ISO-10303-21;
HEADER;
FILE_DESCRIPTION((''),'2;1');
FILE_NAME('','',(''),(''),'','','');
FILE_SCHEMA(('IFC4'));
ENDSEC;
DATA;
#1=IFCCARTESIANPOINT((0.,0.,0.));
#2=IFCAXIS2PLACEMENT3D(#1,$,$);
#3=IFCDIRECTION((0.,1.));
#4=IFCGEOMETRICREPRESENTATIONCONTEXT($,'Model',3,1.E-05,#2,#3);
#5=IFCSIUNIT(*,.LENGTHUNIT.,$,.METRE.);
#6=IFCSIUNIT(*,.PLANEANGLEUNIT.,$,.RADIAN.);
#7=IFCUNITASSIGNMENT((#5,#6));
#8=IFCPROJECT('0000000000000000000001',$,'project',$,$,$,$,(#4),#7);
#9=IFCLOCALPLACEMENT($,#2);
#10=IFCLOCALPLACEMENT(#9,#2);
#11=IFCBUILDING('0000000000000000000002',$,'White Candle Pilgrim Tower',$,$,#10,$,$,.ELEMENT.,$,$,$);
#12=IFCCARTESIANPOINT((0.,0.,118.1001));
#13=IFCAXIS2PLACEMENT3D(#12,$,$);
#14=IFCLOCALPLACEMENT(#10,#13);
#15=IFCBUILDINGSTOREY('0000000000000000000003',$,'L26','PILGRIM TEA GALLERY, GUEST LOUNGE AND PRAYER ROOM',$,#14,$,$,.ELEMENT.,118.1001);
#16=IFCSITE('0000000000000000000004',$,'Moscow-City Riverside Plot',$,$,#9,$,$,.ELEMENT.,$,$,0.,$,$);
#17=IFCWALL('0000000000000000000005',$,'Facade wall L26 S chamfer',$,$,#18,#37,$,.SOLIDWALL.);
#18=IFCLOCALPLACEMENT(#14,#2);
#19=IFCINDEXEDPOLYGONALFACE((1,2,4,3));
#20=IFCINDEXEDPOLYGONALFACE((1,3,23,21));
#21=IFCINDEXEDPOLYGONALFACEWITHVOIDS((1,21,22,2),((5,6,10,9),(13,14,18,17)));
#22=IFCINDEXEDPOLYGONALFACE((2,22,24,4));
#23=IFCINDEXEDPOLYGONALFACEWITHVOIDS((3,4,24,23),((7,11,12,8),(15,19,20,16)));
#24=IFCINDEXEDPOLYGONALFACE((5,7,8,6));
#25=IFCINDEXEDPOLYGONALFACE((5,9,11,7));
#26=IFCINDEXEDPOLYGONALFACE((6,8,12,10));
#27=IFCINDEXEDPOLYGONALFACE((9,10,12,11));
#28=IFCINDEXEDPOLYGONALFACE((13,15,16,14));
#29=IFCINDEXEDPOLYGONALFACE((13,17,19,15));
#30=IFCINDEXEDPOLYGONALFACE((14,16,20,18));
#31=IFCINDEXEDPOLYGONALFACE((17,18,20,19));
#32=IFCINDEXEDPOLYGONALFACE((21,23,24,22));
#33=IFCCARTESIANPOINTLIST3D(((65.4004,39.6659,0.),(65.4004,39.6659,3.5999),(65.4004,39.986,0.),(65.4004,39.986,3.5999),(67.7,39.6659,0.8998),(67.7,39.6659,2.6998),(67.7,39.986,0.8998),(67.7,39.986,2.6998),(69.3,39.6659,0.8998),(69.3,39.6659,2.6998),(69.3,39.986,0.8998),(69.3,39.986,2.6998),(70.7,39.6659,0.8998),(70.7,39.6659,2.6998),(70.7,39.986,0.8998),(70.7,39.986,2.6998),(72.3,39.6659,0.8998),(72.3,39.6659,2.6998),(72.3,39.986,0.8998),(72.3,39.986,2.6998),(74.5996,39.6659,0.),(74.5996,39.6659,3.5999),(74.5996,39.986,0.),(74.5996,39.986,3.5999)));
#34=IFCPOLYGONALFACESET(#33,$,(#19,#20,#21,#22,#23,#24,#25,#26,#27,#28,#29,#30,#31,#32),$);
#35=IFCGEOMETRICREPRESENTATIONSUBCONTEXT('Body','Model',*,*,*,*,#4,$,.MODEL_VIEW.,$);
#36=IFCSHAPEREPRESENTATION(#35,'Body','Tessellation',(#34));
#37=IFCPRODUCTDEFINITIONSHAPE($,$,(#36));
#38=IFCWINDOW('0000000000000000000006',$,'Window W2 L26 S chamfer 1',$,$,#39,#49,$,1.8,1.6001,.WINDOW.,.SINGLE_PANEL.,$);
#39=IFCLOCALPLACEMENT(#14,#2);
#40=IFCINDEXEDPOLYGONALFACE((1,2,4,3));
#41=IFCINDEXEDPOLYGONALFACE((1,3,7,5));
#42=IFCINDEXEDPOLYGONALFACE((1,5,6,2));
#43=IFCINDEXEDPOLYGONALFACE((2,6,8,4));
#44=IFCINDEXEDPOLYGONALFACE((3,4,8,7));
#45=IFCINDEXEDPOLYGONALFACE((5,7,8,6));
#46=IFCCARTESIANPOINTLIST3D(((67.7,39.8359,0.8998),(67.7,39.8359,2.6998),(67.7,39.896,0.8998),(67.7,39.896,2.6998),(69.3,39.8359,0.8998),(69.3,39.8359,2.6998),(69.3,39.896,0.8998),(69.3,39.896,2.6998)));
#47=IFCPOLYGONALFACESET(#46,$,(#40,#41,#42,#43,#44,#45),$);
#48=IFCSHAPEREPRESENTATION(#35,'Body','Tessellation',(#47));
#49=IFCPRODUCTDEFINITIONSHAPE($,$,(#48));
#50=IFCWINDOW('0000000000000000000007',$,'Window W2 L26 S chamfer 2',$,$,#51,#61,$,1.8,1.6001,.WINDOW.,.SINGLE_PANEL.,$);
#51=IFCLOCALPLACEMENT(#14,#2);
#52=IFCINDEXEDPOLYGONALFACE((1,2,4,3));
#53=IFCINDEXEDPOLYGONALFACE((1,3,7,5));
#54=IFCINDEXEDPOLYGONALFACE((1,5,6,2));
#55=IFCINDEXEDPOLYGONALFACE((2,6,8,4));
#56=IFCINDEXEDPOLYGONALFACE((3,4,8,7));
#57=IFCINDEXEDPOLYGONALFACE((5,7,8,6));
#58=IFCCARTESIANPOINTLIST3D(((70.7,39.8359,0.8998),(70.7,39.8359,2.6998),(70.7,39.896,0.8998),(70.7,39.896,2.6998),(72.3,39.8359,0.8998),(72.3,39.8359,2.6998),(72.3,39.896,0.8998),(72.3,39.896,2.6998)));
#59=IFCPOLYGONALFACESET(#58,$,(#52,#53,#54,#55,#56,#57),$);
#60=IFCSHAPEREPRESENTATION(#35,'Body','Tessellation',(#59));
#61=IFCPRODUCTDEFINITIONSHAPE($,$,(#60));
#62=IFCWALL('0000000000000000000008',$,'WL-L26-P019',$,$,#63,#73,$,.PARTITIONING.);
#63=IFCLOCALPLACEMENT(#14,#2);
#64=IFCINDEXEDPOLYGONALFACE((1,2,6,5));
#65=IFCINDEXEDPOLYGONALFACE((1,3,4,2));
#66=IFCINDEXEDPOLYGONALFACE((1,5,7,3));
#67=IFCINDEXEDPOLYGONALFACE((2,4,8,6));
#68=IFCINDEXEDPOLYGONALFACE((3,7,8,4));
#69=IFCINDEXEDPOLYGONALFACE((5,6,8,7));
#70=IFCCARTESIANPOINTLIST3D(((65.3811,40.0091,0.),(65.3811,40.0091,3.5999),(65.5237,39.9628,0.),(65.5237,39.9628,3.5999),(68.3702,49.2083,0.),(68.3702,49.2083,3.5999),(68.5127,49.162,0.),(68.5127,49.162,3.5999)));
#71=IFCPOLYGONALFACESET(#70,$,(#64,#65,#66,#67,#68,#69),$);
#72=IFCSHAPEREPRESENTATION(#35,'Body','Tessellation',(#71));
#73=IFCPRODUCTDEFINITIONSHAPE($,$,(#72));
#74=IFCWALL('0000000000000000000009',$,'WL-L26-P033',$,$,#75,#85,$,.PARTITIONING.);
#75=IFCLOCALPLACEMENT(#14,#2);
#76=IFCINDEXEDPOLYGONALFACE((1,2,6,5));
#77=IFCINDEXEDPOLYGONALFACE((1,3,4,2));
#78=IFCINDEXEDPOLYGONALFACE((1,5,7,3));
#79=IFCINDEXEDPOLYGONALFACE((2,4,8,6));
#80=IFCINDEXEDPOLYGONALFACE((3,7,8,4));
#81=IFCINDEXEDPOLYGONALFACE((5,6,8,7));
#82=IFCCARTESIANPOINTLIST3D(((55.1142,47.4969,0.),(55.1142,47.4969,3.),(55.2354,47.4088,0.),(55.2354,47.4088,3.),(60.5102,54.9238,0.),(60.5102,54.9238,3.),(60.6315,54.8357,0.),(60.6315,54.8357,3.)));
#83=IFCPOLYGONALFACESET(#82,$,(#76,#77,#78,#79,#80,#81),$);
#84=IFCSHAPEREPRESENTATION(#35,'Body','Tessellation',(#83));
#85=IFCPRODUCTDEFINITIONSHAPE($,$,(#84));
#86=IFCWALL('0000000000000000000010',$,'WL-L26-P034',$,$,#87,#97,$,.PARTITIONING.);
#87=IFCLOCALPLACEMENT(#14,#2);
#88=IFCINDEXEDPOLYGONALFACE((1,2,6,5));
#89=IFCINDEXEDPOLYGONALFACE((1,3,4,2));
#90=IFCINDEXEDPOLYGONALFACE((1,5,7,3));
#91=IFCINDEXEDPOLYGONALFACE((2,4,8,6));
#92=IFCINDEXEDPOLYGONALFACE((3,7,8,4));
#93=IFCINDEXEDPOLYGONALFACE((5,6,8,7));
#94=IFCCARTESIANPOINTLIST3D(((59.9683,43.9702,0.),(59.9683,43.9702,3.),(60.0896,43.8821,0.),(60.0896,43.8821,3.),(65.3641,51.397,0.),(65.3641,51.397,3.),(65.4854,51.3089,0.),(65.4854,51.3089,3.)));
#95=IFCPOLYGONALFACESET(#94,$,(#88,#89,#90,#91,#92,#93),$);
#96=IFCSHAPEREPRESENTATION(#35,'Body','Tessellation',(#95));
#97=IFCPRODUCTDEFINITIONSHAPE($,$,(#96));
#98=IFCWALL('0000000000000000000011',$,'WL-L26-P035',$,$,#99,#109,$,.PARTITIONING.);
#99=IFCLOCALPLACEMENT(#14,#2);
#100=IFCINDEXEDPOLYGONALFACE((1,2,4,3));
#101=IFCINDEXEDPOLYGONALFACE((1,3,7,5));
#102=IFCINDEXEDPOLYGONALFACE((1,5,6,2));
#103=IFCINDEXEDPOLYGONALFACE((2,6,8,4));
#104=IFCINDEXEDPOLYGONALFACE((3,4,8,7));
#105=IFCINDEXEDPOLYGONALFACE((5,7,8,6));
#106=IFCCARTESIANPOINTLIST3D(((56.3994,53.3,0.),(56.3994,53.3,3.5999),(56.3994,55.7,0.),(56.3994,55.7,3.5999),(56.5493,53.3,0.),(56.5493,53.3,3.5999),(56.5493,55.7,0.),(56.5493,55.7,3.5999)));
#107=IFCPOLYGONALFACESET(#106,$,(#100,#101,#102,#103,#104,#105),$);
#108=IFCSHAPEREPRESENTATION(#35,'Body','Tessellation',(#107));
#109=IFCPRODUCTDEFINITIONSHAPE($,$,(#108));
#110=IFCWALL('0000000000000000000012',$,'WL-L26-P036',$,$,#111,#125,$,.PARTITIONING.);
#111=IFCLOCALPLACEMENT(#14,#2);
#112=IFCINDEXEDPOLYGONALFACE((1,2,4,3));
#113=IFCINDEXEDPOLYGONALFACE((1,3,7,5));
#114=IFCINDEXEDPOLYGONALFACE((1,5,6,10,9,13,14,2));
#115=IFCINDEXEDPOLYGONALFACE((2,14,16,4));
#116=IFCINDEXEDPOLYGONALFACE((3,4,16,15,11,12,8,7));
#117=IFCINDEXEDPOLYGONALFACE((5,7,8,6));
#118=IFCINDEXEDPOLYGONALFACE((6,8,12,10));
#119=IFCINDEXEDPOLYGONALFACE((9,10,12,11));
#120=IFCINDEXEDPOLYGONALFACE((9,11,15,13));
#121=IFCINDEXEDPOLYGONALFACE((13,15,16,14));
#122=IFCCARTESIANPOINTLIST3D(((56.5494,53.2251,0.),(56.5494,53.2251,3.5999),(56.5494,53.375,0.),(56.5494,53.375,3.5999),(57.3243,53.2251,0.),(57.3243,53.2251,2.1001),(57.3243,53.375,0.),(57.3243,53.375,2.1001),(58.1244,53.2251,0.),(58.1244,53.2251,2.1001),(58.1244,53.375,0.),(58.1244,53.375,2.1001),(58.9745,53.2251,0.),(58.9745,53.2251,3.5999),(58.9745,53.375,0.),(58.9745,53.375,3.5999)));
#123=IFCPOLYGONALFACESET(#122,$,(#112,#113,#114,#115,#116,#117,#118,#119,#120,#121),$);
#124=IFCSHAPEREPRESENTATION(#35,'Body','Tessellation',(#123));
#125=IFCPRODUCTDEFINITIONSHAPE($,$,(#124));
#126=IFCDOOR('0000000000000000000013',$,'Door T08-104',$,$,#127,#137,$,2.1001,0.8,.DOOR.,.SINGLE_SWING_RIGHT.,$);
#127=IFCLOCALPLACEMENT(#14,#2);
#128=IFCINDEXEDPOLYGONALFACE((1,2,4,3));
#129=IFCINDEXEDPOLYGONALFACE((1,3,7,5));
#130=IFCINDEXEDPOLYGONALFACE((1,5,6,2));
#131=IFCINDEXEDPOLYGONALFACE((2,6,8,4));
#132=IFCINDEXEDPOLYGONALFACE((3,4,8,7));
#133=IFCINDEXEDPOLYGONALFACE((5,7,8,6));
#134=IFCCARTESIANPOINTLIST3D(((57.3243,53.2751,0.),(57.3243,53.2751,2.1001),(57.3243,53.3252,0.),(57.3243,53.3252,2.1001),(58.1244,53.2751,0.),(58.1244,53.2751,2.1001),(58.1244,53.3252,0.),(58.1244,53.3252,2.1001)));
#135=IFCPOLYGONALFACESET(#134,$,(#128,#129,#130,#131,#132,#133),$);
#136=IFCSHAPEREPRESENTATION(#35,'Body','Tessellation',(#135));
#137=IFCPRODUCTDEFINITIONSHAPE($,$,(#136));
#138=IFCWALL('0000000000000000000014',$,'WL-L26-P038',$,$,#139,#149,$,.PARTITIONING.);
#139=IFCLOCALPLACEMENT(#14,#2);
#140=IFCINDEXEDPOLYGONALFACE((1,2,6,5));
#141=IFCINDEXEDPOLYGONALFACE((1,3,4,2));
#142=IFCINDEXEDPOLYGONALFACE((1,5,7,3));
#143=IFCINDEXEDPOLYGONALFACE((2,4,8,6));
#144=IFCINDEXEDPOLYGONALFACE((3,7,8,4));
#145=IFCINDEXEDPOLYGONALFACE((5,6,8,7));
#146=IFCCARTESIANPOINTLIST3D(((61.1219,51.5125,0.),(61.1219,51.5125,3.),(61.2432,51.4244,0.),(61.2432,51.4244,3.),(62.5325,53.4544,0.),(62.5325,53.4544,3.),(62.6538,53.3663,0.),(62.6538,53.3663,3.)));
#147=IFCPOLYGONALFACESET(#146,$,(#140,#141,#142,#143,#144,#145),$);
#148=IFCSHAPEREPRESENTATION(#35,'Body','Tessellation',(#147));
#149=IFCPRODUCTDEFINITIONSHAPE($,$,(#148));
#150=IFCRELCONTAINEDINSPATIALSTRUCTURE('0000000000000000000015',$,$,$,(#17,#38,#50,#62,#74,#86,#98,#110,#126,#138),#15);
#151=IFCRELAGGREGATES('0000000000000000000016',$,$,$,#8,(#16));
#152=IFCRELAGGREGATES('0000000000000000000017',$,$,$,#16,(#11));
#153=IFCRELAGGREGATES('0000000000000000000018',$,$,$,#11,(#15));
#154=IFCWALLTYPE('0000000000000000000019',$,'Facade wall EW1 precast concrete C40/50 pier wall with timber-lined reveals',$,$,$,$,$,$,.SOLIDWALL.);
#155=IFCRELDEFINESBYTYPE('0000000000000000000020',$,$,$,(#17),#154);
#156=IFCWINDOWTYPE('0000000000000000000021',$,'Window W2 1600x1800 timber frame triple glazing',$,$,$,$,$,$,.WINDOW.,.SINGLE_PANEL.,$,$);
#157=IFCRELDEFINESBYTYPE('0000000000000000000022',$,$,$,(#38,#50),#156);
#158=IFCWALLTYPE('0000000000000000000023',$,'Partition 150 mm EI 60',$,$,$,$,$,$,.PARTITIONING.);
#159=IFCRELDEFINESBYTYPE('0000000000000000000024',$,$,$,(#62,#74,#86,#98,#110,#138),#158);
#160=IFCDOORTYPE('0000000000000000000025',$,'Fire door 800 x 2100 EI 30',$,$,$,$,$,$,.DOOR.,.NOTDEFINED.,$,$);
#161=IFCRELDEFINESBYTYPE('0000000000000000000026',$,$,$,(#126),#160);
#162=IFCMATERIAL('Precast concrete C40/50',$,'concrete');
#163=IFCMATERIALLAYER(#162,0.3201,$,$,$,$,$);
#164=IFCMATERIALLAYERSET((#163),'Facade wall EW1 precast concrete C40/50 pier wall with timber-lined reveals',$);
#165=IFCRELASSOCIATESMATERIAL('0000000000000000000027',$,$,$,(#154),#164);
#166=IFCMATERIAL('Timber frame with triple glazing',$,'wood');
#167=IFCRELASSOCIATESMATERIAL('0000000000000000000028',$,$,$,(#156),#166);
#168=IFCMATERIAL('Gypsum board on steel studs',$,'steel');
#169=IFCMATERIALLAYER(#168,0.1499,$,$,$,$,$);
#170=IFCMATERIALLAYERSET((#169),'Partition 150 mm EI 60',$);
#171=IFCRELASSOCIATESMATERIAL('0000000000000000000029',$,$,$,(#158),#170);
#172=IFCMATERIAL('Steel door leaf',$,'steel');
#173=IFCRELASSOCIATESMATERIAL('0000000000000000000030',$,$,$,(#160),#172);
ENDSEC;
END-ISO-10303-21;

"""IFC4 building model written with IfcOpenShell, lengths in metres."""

from ifc_helpers import new_model, si_unit, direction, frame, frame_2d, origin, place, context, subcontext, project, spatial, rectangle, extrude, material, layer, layer_set, type_object, element, fill, save


model = new_model("IFC4")

# Units and contexts
model_context = context("Model", 3, precision=1e-05, world=origin(), true_north=direction((0.0, 1.0)))
body_context = subcontext(model_context, "Body", "Model", "MODEL_VIEW")
ifc_project = project(units=[si_unit("LENGTHUNIT", "METRE"), si_unit("PLANEANGLEUNIT", "RADIAN")], contexts=[model_context])

# Site, building, storey
site_placement = place(None, origin())
site = spatial("IfcSite", under=ifc_project, at=site_placement, Name="Moscow-City Riverside Plot", CompositionType="ELEMENT", RefElevation=0.0)
building_placement = place(site_placement, origin())
building = spatial("IfcBuilding", under=site, at=building_placement, Name="White Candle Pilgrim Tower", CompositionType="ELEMENT")
storey_placement = place(building_placement, frame((0.0, 0.0, 118.1001)))
storey = spatial("IfcBuildingStorey", under=building, at=storey_placement, Name="L26", Description="PILGRIM TEA GALLERY, GUEST LOUNGE AND PRAYER ROOM", CompositionType="ELEMENT", Elevation=118.1001)

# Wall, openings, windows
ifc_material_1 = material(Name="Precast concrete C40/50", Category="concrete")
ifc_layer_1 = layer(ifc_material_1, 0.3201)
ifc_layer_set_1 = layer_set([ifc_layer_1], Name="Facade wall EW1 precast concrete C40/50 pier wall with timber-lined reveals")
wall_type_1 = type_object("IfcWallType", Name="Facade wall EW1 precast concrete C40/50 pier wall with timber-lined reveals", PredefinedType="SOLIDWALL", material=ifc_layer_set_1)
wall_1_placement = place(storey_placement, frame((65.4004, 39.8259, 0.0), z_axis=(0.0, 0.0, 1.0), x_axis=(1.0, 0.0, 0.0)))
wall_1 = element("IfcWall", 1, at=wall_1_placement, inside=storey, type_object=wall_type_1, Name="Facade wall L26 S chamfer", PredefinedType="SOLIDWALL", context=body_context, shape_type="SweptSolid", body=[
    extrude(rectangle(XDim=9.1992, YDim=0.3201, at=frame_2d((4.5996, 0.0))), origin(), (0.0, 0.0, 1.0), 3.5999),
])
opening_1_placement = place(wall_1_placement, frame((2.2996, 0.0, 0.8999)))
opening_1 = element("IfcOpeningElement", 2, at=opening_1_placement, cuts=wall_1, PredefinedType="OPENING", context=body_context, shape_type="SweptSolid", body=[
    extrude(rectangle(XDim=1.6001, YDim=1.8, at=frame_2d((0.8, 0.8999))), frame((0.0, 0.1699, 0.0), z_axis=(0.0, -1.0, 0.0), x_axis=(1.0, 0.0, 0.0)), (0.0, 0.0, 1.0), 0.3401),
])
opening_2_placement = place(wall_1_placement, frame((5.2996, 0.0, 0.8999)))
opening_2 = element("IfcOpeningElement", 3, at=opening_2_placement, cuts=wall_1, PredefinedType="OPENING", context=body_context, shape_type="SweptSolid", body=[
    extrude(rectangle(XDim=1.6001, YDim=1.8, at=frame_2d((0.8, 0.8999))), frame((0.0, 0.1699, 0.0), z_axis=(0.0, -1.0, 0.0), x_axis=(1.0, 0.0, 0.0)), (0.0, 0.0, 1.0), 0.3401),
])
ifc_material_2 = material(Name="Timber frame with triple glazing", Category="wood")
window_type = type_object("IfcWindowType", Name="Window W2 1600x1800 timber frame triple glazing", PartitioningType="SINGLE_PANEL", PredefinedType="WINDOW", material=ifc_material_2)
window_1_placement = place(opening_1_placement, origin())
window_1 = element("IfcWindow", 4, at=window_1_placement, inside=storey, type_object=window_type, Name="Window W2 L26 S chamfer 1", OverallHeight=1.8, OverallWidth=1.6001, PartitioningType="SINGLE_PANEL", PredefinedType="WINDOW", context=body_context, shape_type="SweptSolid", body=[
    extrude(rectangle(XDim=1.6001, YDim=1.8, at=frame_2d((0.8, 0.8999))), frame((0.0, 0.0701, 0.0), z_axis=(0.0, -1.0, 0.0), x_axis=(1.0, 0.0, 0.0)), (0.0, 0.0, 1.0), 0.0601),
])
fill(opening_1, window_1)
window_2_placement = place(opening_2_placement, origin())
window_2 = element("IfcWindow", 5, at=window_2_placement, inside=storey, type_object=window_type, Name="Window W2 L26 S chamfer 2", OverallHeight=1.8, OverallWidth=1.6001, PartitioningType="SINGLE_PANEL", PredefinedType="WINDOW", context=body_context, shape_type="SweptSolid", body=[
    extrude(rectangle(XDim=1.6001, YDim=1.8, at=frame_2d((0.8, 0.8999))), frame((0.0, 0.0701, 0.0), z_axis=(0.0, -1.0, 0.0), x_axis=(1.0, 0.0, 0.0)), (0.0, 0.0, 1.0), 0.0601),
])
fill(opening_2, window_2)

# Walls
ifc_material_3 = material(Name="Gypsum board on steel studs", Category="steel")
ifc_layer_2 = layer(ifc_material_3, 0.1499)
ifc_layer_set_2 = layer_set([ifc_layer_2], Name="Partition 150 mm EI 60")
wall_type_2 = type_object("IfcWallType", Name="Partition 150 mm EI 60", PredefinedType="PARTITIONING", material=ifc_layer_set_2)
wall_2_placement = place(storey_placement, frame((65.4524, 39.9858, 0.0), z_axis=(0.0, 0.0, 1.0), x_axis=(0.309018, 0.951056, 0.0)))
element("IfcWall", 6, at=wall_2_placement, inside=storey, type_object=wall_type_2, Name="WL-L26-P019", PredefinedType="PARTITIONING", context=body_context, shape_type="SweptSolid", body=[
    extrude(rectangle(XDim=9.6726, YDim=0.1499, at=frame_2d((4.8364, 0.0))), origin(), (0.0, 0.0, 1.0), 3.5999),
])
wall_3_placement = place(storey_placement, frame((55.1748, 47.4529, 0.0), z_axis=(0.0, 0.0, 1.0), x_axis=(0.587795, 0.80901, 0.0)))
element("IfcWall", 7, at=wall_3_placement, inside=storey, type_object=wall_type_2, Name="WL-L26-P033", PredefinedType="PARTITIONING", context=body_context, shape_type="SweptSolid", body=[
    extrude(rectangle(XDim=9.1802, YDim=0.1499, at=frame_2d((4.5901, 0.0))), origin(), (0.0, 0.0, 1.0), 3.0),
])
wall_4_placement = place(storey_placement, frame((60.0291, 43.9263, 0.0), z_axis=(0.0, 0.0, 1.0), x_axis=(0.587778, 0.809022, 0.0)))
element("IfcWall", 8, at=wall_4_placement, inside=storey, type_object=wall_type_2, Name="WL-L26-P034", PredefinedType="PARTITIONING", context=body_context, shape_type="SweptSolid", body=[
    extrude(rectangle(XDim=9.1799, YDim=0.1499, at=frame_2d((4.5898, 0.0))), origin(), (0.0, 0.0, 1.0), 3.0),
])
wall_5_placement = place(storey_placement, frame((56.4744, 55.7, 0.0), z_axis=(0.0, 0.0, 1.0), x_axis=(0.0, -1.0, 0.0)))
element("IfcWall", 9, at=wall_5_placement, inside=storey, type_object=wall_type_2, Name="WL-L26-P035", PredefinedType="PARTITIONING", context=body_context, shape_type="SweptSolid", body=[
    extrude(rectangle(XDim=2.3999, YDim=0.1499, at=frame_2d((1.2, 0.0))), origin(), (0.0, 0.0, 1.0), 3.5999),
])

# Wall, opening, door
wall_6_placement = place(storey_placement, frame((58.9744, 53.3, 0.0), z_axis=(0.0, 0.0, 1.0), x_axis=(-1.0, 0.0, 0.0)))
wall_6 = element("IfcWall", 10, at=wall_6_placement, inside=storey, type_object=wall_type_2, Name="WL-L26-P036", PredefinedType="PARTITIONING", context=body_context, shape_type="SweptSolid", body=[
    extrude(rectangle(XDim=2.425, YDim=0.1499, at=frame_2d((1.2124, 0.0))), origin(), (0.0, 0.0, 1.0), 3.5999),
])
opening_3_placement = place(wall_6_placement, frame((0.8501, 0.0, 0.0)))
opening_3 = element("IfcOpeningElement", 11, at=opening_3_placement, cuts=wall_6, PredefinedType="OPENING", context=body_context, shape_type="SweptSolid", body=[
    extrude(rectangle(XDim=0.8, YDim=2.1001, at=frame_2d((0.3999, 1.05))), frame((0.0, 0.085, 0.0), z_axis=(0.0, -1.0, 0.0), x_axis=(1.0, 0.0, 0.0)), (0.0, 0.0, 1.0), 0.1699),
])
ifc_material_4 = material(Name="Steel door leaf", Category="steel")
door_type = type_object("IfcDoorType", Name="Fire door 800 x 2100 EI 30", OperationType="NOTDEFINED", PredefinedType="DOOR", material=ifc_material_4)
door_1_placement = place(opening_3_placement, origin())
door_1 = element("IfcDoor", 12, at=door_1_placement, inside=storey, type_object=door_type, Name="Door T08-104", OperationType="SINGLE_SWING_RIGHT", OverallHeight=2.1001, OverallWidth=0.8, PredefinedType="DOOR", context=body_context, shape_type="SweptSolid", body=[
    extrude(rectangle(XDim=0.8, YDim=2.1001, at=frame_2d((0.3999, 1.05))), frame((0.0, 0.0249, 0.0), z_axis=(0.0, -1.0, 0.0), x_axis=(1.0, 0.0, 0.0)), (0.0, 0.0, 1.0), 0.05),
])
fill(opening_3, door_1)

# Wall
wall_7_placement = place(storey_placement, frame((62.5933, 53.4104, 0.0), z_axis=(0.0, 0.0, 1.0), x_axis=(-0.587724, -0.809061, 0.0)))
element("IfcWall", 13, at=wall_7_placement, inside=storey, type_object=wall_type_2, Name="WL-L26-P038", PredefinedType="PARTITIONING", context=body_context, shape_type="SweptSolid", body=[
    extrude(rectangle(XDim=2.4001, YDim=0.1499, at=frame_2d((1.2002, 0.0))), origin(), (0.0, 0.0, 1.0), 3.0),
])

save(model, "model.ifc")
